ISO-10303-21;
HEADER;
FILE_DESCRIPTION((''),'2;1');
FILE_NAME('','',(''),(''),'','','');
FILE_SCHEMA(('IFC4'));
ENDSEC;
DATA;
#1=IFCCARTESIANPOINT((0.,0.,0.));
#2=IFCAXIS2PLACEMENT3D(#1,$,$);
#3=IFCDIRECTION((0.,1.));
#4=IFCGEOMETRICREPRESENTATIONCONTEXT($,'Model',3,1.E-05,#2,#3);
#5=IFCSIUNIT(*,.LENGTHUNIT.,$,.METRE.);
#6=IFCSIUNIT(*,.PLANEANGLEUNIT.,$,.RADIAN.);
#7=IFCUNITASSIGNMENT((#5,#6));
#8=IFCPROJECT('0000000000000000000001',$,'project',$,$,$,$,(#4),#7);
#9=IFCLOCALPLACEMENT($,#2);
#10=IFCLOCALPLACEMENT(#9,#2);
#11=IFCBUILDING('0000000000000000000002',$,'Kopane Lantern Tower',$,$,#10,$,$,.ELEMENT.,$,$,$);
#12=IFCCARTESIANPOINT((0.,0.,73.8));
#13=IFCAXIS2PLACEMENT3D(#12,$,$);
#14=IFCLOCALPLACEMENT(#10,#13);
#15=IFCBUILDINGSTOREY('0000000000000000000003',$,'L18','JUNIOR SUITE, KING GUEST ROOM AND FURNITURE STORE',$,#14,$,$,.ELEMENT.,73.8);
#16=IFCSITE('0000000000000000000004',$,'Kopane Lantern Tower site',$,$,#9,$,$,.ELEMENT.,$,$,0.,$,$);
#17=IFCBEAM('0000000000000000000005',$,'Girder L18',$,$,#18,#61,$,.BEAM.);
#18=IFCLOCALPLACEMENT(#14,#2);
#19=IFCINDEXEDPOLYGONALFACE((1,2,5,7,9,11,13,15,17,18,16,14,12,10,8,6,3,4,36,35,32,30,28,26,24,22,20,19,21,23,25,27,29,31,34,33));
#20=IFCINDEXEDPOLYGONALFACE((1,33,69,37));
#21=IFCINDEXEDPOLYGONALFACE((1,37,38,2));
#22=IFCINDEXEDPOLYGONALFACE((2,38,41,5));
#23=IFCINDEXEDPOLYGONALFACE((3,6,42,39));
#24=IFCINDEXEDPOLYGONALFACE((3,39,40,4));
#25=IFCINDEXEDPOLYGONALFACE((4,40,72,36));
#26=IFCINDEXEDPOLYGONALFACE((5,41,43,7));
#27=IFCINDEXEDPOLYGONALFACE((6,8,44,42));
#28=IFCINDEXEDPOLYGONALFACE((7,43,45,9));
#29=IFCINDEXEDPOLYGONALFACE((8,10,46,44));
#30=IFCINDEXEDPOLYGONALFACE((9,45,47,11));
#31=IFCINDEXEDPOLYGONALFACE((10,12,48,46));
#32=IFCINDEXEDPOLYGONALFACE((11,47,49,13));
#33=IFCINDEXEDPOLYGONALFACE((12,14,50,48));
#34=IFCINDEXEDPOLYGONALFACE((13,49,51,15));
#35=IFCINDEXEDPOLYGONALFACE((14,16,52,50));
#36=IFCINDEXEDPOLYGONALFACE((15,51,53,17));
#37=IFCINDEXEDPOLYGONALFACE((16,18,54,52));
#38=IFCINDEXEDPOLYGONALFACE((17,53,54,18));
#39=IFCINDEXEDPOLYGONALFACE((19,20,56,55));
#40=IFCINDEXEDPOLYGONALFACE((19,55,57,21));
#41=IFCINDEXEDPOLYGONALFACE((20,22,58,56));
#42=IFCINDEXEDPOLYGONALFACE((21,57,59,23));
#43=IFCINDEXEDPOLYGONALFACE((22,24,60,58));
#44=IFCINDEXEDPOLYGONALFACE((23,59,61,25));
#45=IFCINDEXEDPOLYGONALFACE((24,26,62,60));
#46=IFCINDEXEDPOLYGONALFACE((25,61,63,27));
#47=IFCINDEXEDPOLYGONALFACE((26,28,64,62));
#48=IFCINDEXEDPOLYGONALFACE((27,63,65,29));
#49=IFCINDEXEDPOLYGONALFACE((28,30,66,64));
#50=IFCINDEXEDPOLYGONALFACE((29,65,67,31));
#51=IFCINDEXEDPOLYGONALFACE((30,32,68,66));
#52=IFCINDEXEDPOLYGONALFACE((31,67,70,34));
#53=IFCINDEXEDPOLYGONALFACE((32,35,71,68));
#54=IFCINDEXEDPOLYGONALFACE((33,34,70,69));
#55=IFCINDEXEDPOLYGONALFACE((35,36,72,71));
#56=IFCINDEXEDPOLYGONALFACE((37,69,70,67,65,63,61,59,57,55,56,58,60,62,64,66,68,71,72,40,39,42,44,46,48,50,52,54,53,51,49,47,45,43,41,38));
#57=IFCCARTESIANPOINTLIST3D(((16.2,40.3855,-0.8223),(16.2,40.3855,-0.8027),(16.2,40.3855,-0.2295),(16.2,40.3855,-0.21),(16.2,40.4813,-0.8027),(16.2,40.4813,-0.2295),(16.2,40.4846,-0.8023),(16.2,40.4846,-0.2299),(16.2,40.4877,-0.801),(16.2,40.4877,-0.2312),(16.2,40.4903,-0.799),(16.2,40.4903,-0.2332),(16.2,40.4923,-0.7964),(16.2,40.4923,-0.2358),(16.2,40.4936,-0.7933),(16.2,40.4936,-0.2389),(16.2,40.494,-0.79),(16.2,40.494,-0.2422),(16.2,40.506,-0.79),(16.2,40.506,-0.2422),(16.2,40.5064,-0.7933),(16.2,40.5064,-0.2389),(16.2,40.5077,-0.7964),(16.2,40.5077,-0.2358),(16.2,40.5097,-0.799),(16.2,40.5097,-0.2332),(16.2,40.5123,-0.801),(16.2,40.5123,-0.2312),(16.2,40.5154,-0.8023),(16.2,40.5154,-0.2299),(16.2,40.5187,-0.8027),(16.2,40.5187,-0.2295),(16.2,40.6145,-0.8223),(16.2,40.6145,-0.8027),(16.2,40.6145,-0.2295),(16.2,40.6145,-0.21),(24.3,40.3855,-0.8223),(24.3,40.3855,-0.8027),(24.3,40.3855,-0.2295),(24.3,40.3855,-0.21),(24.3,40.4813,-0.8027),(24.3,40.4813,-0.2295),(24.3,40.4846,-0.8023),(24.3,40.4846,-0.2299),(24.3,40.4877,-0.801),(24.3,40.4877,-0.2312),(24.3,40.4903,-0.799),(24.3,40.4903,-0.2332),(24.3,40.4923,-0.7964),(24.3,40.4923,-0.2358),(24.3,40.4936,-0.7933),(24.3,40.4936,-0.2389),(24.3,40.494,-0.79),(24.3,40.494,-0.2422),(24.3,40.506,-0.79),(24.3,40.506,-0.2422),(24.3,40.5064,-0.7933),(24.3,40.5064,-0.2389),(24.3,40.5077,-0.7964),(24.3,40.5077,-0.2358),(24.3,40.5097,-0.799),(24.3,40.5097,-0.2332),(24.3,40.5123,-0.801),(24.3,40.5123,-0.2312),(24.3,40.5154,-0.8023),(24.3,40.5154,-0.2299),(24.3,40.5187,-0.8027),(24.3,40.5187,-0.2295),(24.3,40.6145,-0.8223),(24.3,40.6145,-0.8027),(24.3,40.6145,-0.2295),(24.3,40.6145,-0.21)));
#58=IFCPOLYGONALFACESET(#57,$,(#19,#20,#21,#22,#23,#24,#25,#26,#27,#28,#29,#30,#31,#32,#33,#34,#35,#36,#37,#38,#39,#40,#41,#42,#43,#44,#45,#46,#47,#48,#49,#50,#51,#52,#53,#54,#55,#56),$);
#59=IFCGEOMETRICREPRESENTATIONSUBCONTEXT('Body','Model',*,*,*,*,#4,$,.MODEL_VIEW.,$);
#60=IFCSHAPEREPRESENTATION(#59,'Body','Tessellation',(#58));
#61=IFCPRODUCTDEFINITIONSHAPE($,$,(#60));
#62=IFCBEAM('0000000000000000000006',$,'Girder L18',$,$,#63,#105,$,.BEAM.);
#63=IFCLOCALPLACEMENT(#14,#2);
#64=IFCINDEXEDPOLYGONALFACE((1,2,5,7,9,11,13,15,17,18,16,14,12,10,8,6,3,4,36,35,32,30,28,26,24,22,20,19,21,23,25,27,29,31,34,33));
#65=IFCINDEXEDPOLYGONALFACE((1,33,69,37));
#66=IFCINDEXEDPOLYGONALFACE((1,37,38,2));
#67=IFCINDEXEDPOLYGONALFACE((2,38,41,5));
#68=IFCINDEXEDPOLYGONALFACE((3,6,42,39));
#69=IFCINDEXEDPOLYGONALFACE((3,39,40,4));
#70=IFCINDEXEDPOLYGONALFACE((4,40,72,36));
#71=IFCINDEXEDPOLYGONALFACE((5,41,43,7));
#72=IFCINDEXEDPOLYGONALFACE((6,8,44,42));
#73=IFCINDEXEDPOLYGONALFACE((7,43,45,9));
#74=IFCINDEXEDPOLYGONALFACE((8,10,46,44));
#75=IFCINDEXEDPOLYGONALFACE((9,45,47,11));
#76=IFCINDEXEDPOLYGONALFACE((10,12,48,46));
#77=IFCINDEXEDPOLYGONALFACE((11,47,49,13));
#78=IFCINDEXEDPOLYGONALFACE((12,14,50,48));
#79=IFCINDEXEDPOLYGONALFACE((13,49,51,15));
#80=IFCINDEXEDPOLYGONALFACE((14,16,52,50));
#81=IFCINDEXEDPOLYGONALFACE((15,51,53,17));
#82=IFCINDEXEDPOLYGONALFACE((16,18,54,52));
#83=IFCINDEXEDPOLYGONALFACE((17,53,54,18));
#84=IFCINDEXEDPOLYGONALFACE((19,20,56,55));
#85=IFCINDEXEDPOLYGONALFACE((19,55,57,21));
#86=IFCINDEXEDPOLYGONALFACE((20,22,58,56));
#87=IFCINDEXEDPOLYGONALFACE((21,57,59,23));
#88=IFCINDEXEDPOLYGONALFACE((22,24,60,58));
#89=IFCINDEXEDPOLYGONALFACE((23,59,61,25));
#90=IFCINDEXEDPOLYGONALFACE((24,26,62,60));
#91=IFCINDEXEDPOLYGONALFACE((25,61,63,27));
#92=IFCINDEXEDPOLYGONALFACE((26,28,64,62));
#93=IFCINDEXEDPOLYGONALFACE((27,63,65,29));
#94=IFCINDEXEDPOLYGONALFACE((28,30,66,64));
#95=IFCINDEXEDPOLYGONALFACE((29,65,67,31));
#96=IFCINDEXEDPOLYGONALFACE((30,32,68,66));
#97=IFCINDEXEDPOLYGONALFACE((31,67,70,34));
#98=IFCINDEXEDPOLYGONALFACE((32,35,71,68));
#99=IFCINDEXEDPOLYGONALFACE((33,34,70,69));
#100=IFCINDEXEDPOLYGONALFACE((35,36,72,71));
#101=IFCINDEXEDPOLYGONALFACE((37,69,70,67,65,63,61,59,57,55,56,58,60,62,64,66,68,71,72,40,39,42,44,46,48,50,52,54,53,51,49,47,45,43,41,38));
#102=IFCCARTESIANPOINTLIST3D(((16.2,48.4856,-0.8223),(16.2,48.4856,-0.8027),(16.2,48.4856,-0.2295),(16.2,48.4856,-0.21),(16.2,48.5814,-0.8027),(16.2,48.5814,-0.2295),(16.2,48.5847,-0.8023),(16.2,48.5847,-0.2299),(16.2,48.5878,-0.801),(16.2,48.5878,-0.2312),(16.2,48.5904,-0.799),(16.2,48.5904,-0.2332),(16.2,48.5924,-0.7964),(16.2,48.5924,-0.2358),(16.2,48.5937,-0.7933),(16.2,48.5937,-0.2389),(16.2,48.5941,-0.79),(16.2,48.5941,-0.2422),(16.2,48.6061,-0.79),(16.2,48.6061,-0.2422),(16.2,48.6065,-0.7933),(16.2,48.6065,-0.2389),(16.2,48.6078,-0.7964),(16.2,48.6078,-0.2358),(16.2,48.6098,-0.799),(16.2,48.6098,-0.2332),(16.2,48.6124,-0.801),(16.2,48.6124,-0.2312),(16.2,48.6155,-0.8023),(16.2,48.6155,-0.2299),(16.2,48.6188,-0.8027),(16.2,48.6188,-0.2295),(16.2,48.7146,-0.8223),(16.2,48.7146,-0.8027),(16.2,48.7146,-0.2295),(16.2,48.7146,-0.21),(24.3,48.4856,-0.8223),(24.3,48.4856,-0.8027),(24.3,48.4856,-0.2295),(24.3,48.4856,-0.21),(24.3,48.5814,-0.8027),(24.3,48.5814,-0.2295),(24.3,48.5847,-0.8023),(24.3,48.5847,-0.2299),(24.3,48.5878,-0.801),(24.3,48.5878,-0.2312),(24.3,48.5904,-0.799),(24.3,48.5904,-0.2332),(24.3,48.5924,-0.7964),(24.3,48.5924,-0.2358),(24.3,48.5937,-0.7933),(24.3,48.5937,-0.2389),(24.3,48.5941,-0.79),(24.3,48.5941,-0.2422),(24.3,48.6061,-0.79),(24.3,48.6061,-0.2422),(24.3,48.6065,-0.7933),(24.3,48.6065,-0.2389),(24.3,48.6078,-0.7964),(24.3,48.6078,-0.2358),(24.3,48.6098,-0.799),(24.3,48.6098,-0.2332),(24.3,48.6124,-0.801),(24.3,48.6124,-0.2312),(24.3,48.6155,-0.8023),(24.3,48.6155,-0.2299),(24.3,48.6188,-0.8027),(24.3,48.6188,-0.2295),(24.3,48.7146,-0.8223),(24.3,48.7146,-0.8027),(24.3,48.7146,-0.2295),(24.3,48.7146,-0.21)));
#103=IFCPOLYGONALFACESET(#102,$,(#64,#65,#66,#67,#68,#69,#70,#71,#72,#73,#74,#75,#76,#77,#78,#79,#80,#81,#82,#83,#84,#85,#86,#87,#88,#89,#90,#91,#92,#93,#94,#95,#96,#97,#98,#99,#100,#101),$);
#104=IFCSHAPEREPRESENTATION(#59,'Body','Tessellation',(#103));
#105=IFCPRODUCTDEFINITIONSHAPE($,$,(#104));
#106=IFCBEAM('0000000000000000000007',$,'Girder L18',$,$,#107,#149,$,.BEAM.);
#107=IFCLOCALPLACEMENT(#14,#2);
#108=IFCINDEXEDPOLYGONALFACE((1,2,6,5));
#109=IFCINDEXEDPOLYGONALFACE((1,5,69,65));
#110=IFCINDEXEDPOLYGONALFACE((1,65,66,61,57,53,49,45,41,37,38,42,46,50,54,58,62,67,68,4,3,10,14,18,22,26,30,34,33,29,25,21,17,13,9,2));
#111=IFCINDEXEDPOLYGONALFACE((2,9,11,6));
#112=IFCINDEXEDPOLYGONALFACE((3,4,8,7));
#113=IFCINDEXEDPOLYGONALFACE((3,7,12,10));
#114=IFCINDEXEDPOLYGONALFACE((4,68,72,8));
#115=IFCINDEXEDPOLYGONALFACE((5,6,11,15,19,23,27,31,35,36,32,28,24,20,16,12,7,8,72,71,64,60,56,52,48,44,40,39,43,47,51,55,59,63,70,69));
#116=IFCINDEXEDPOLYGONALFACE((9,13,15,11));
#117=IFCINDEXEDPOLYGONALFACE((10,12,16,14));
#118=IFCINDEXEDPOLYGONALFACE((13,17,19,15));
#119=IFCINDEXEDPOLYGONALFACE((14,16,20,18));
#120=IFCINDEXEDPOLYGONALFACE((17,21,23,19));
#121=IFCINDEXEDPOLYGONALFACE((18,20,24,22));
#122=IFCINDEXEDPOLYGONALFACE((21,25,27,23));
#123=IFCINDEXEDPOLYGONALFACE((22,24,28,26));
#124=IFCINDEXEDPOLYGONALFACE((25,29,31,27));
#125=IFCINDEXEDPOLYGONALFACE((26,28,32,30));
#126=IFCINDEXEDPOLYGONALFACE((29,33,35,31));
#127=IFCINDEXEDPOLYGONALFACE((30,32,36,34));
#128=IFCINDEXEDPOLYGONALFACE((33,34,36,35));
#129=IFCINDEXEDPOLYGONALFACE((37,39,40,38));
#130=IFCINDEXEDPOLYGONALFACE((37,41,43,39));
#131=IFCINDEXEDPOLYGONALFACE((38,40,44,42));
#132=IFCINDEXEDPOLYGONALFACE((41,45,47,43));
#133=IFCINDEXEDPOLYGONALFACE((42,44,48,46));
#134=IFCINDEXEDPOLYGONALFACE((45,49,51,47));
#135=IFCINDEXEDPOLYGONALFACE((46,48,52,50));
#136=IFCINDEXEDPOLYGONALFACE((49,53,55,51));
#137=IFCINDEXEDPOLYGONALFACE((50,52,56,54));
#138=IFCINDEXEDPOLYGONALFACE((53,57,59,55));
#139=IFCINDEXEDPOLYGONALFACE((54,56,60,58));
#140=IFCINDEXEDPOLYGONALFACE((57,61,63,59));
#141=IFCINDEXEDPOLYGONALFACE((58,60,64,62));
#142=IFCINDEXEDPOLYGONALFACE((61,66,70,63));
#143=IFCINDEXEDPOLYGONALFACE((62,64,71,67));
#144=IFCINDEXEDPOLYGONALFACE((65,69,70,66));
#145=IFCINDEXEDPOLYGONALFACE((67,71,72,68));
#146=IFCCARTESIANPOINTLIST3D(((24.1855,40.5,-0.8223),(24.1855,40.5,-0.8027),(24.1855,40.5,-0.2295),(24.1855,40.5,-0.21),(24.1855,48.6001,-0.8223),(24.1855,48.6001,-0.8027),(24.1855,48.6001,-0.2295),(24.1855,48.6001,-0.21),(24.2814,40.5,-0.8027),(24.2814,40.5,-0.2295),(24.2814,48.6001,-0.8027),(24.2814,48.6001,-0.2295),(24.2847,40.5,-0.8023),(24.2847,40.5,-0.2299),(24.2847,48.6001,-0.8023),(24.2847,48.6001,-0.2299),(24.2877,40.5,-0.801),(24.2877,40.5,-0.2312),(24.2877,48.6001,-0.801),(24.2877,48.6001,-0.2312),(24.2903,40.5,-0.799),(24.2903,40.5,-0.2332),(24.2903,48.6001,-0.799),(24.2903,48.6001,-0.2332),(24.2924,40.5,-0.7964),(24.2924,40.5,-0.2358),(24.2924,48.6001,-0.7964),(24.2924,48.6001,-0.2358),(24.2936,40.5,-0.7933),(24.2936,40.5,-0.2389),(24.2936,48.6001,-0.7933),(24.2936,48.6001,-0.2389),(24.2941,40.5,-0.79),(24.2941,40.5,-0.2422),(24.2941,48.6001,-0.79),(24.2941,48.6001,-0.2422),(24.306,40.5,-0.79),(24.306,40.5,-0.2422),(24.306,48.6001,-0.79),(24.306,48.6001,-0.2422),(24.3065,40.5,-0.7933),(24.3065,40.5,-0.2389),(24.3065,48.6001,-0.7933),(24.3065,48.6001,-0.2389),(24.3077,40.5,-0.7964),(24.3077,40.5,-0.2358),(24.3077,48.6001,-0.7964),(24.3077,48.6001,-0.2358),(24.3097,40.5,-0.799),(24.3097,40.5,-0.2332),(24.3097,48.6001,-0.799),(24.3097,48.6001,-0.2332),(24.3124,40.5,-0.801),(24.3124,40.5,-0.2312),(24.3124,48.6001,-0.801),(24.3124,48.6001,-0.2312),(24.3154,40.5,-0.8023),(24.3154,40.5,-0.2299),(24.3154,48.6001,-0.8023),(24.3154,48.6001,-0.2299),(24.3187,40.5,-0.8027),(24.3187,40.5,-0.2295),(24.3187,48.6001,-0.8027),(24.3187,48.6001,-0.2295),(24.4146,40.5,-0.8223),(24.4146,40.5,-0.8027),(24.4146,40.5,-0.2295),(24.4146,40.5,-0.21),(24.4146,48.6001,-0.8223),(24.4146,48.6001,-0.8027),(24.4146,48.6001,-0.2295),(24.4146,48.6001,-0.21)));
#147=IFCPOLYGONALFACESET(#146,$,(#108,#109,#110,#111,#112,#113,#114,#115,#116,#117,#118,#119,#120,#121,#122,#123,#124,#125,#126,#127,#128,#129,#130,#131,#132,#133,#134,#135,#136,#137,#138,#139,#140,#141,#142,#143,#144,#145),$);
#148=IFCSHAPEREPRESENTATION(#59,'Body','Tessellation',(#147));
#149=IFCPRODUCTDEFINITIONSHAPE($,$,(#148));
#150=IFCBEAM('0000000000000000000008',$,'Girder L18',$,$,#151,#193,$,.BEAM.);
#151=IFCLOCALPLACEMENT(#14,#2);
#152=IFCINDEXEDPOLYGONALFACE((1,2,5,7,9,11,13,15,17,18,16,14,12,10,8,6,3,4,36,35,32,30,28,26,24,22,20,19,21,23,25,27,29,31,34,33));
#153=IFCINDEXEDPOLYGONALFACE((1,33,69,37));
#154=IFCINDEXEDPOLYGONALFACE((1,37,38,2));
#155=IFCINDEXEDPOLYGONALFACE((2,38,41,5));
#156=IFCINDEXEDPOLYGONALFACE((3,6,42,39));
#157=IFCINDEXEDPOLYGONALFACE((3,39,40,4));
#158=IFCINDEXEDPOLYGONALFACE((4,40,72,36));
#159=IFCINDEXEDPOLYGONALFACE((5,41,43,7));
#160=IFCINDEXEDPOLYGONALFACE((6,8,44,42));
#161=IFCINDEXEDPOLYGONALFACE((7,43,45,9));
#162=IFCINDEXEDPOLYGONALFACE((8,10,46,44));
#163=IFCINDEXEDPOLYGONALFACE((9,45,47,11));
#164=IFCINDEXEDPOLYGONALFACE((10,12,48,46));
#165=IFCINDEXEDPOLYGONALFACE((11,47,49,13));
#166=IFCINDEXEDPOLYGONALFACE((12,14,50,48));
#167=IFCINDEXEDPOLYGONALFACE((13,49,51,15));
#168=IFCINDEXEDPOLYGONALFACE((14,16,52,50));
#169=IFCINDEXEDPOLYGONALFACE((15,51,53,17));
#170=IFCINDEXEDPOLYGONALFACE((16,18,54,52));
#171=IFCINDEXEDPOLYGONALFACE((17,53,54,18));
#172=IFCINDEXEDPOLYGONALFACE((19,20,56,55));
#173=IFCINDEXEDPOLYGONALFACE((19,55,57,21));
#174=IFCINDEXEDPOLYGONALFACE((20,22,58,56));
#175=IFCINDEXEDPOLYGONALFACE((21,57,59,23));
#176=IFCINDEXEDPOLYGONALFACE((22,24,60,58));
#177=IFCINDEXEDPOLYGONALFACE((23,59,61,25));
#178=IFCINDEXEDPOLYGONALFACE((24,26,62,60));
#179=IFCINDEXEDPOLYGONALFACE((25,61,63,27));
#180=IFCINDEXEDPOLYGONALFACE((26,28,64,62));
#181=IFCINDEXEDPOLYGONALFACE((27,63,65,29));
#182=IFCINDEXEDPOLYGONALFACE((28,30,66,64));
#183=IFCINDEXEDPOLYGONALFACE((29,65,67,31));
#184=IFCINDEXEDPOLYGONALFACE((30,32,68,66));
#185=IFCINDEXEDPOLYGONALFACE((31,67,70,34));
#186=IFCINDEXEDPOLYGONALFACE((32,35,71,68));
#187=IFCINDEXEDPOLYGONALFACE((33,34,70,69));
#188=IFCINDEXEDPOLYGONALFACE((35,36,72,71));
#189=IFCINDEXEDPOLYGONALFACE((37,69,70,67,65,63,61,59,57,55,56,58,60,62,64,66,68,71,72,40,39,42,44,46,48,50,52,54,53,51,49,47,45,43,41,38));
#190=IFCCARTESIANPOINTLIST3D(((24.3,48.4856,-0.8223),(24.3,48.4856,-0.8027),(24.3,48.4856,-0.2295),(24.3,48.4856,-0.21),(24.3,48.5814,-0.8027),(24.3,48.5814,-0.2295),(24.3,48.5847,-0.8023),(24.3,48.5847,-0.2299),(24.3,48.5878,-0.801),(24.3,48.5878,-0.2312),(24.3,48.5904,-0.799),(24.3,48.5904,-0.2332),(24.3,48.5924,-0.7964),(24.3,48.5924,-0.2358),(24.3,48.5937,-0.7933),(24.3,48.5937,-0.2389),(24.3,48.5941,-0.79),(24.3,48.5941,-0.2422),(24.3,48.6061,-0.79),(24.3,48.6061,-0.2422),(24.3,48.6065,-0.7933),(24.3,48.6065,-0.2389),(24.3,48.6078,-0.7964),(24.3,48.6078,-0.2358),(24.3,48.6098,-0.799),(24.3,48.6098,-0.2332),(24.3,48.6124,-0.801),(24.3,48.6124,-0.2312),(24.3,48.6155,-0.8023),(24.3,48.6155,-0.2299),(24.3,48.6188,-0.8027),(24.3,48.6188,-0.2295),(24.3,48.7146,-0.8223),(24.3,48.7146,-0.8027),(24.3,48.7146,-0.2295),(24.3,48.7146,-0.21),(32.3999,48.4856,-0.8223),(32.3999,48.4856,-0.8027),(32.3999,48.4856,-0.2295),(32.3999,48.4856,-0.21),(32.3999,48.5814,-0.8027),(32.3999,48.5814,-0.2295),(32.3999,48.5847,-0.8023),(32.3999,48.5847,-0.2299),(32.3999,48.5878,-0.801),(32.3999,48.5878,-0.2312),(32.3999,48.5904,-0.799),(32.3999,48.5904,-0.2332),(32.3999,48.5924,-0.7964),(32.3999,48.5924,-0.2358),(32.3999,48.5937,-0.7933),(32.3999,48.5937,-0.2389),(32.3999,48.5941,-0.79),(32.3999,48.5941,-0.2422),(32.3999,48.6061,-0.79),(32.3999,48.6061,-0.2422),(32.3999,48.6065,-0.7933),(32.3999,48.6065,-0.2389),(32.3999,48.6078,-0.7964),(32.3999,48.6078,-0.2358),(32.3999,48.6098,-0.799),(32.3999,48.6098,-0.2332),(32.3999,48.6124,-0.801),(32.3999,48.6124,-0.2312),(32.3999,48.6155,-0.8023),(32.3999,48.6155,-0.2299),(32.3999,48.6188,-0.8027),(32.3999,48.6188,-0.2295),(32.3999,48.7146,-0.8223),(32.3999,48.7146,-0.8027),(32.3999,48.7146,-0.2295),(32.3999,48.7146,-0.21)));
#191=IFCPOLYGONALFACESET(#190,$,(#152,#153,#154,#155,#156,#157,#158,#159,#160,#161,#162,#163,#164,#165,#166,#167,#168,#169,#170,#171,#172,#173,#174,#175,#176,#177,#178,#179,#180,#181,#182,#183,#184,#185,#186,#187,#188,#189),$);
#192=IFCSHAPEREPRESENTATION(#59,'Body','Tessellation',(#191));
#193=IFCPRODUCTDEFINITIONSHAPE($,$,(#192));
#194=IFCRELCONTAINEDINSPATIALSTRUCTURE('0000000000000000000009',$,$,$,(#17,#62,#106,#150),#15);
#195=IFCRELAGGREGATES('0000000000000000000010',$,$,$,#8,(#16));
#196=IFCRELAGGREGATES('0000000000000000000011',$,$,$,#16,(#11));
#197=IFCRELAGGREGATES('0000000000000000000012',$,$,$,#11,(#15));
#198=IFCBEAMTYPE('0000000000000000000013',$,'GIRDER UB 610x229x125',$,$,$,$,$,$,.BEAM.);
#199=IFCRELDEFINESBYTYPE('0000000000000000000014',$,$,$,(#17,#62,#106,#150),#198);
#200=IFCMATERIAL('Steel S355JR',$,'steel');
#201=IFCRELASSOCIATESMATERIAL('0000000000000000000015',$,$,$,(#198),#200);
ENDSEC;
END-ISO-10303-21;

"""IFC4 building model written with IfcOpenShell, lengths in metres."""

from ifc_helpers import new_model, si_unit, direction, frame, origin, origin_2d, place, context, subcontext, project, spatial, i_section, extrude, material, material_profile, profile_set, type_object, element, save


model = new_model("IFC4")

# Units and contexts
model_context = context("Model", 3, precision=1e-05, world=origin(), true_north=direction((0.0, 1.0)))
body_context = subcontext(model_context, "Body", "Model", "MODEL_VIEW")
ifc_project = project(units=[si_unit("LENGTHUNIT", "METRE"), si_unit("PLANEANGLEUNIT", "RADIAN")], contexts=[model_context])

# Site, building, storey
site_placement = place(None, origin())
site = spatial("IfcSite", under=ifc_project, at=site_placement, Name="Kopane Lantern Tower site", CompositionType="ELEMENT", RefElevation=0.0)
building_placement = place(site_placement, origin())
building = spatial("IfcBuilding", under=site, at=building_placement, Name="Kopane Lantern Tower", CompositionType="ELEMENT")
storey_placement = place(building_placement, frame((0.0, 0.0, 73.8)))
storey = spatial("IfcBuildingStorey", under=building, at=storey_placement, Name="L18", Description="JUNIOR SUITE, KING GUEST ROOM AND FURNITURE STORE", CompositionType="ELEMENT", Elevation=73.8)

# Beams
ifc_material_1 = material(Name="Steel S355JR", Category="steel")
ifc_material_profile_1 = material_profile(ifc_material_1, i_section(OverallWidth=0.229, OverallDepth=0.6123, WebThickness=0.012, FlangeThickness=0.0195, FilletRadius=0.0127, at=origin_2d()), Name="UB 610x229x125")
ifc_profile_set_1 = profile_set([ifc_material_profile_1], Name="Steel S355JR")
beam_type_1 = type_object("IfcBeamType", Name="GIRDER UB 610x229x125", PredefinedType="BEAM", material=ifc_profile_set_1)
for number, where, z_axis, x_axis, name in (
    (1, (16.2, 40.5, -0.5161), (1.0, 0.0, 0.0), (0.0, 1.0, 0.0), "Girder L18"),
    (2, (16.2, 48.6001, -0.5161), (1.0, 0.0, 0.0), (0.0, 1.0, 0.0), "Girder L18"),
    (3, (24.3, 40.5, -0.5161), (0.0, 1.0, 0.0), (-1.0, 0.0, 0.0), "Girder L18"),
):
    element("IfcBeam", number, at=place(storey_placement, frame(where, z_axis=z_axis, x_axis=x_axis)), inside=storey, type_object=beam_type_1, Name=name, PredefinedType="BEAM", context=body_context, shape_type="SweptSolid", body=[
        extrude(i_section(OverallWidth=0.229, OverallDepth=0.6123, WebThickness=0.012, FlangeThickness=0.0195, FilletRadius=0.0127, at=origin_2d()), origin(), (0.0, 0.0, 1.0), 8.1001),
    ])
beam_1_placement = place(storey_placement, frame((24.3, 48.6001, -0.5161), z_axis=(1.0, 0.0, 0.0), x_axis=(0.0, 1.0, 0.0)))
element("IfcBeam", 4, at=beam_1_placement, inside=storey, type_object=beam_type_1, Name="Girder L18", PredefinedType="BEAM", context=body_context, shape_type="SweptSolid", body=[
    extrude(i_section(OverallWidth=0.229, OverallDepth=0.6123, WebThickness=0.012, FlangeThickness=0.0195, FilletRadius=0.0127, at=origin_2d()), origin(), (0.0, 0.0, 1.0), 8.0999),
])

save(model, "model.ifc")
